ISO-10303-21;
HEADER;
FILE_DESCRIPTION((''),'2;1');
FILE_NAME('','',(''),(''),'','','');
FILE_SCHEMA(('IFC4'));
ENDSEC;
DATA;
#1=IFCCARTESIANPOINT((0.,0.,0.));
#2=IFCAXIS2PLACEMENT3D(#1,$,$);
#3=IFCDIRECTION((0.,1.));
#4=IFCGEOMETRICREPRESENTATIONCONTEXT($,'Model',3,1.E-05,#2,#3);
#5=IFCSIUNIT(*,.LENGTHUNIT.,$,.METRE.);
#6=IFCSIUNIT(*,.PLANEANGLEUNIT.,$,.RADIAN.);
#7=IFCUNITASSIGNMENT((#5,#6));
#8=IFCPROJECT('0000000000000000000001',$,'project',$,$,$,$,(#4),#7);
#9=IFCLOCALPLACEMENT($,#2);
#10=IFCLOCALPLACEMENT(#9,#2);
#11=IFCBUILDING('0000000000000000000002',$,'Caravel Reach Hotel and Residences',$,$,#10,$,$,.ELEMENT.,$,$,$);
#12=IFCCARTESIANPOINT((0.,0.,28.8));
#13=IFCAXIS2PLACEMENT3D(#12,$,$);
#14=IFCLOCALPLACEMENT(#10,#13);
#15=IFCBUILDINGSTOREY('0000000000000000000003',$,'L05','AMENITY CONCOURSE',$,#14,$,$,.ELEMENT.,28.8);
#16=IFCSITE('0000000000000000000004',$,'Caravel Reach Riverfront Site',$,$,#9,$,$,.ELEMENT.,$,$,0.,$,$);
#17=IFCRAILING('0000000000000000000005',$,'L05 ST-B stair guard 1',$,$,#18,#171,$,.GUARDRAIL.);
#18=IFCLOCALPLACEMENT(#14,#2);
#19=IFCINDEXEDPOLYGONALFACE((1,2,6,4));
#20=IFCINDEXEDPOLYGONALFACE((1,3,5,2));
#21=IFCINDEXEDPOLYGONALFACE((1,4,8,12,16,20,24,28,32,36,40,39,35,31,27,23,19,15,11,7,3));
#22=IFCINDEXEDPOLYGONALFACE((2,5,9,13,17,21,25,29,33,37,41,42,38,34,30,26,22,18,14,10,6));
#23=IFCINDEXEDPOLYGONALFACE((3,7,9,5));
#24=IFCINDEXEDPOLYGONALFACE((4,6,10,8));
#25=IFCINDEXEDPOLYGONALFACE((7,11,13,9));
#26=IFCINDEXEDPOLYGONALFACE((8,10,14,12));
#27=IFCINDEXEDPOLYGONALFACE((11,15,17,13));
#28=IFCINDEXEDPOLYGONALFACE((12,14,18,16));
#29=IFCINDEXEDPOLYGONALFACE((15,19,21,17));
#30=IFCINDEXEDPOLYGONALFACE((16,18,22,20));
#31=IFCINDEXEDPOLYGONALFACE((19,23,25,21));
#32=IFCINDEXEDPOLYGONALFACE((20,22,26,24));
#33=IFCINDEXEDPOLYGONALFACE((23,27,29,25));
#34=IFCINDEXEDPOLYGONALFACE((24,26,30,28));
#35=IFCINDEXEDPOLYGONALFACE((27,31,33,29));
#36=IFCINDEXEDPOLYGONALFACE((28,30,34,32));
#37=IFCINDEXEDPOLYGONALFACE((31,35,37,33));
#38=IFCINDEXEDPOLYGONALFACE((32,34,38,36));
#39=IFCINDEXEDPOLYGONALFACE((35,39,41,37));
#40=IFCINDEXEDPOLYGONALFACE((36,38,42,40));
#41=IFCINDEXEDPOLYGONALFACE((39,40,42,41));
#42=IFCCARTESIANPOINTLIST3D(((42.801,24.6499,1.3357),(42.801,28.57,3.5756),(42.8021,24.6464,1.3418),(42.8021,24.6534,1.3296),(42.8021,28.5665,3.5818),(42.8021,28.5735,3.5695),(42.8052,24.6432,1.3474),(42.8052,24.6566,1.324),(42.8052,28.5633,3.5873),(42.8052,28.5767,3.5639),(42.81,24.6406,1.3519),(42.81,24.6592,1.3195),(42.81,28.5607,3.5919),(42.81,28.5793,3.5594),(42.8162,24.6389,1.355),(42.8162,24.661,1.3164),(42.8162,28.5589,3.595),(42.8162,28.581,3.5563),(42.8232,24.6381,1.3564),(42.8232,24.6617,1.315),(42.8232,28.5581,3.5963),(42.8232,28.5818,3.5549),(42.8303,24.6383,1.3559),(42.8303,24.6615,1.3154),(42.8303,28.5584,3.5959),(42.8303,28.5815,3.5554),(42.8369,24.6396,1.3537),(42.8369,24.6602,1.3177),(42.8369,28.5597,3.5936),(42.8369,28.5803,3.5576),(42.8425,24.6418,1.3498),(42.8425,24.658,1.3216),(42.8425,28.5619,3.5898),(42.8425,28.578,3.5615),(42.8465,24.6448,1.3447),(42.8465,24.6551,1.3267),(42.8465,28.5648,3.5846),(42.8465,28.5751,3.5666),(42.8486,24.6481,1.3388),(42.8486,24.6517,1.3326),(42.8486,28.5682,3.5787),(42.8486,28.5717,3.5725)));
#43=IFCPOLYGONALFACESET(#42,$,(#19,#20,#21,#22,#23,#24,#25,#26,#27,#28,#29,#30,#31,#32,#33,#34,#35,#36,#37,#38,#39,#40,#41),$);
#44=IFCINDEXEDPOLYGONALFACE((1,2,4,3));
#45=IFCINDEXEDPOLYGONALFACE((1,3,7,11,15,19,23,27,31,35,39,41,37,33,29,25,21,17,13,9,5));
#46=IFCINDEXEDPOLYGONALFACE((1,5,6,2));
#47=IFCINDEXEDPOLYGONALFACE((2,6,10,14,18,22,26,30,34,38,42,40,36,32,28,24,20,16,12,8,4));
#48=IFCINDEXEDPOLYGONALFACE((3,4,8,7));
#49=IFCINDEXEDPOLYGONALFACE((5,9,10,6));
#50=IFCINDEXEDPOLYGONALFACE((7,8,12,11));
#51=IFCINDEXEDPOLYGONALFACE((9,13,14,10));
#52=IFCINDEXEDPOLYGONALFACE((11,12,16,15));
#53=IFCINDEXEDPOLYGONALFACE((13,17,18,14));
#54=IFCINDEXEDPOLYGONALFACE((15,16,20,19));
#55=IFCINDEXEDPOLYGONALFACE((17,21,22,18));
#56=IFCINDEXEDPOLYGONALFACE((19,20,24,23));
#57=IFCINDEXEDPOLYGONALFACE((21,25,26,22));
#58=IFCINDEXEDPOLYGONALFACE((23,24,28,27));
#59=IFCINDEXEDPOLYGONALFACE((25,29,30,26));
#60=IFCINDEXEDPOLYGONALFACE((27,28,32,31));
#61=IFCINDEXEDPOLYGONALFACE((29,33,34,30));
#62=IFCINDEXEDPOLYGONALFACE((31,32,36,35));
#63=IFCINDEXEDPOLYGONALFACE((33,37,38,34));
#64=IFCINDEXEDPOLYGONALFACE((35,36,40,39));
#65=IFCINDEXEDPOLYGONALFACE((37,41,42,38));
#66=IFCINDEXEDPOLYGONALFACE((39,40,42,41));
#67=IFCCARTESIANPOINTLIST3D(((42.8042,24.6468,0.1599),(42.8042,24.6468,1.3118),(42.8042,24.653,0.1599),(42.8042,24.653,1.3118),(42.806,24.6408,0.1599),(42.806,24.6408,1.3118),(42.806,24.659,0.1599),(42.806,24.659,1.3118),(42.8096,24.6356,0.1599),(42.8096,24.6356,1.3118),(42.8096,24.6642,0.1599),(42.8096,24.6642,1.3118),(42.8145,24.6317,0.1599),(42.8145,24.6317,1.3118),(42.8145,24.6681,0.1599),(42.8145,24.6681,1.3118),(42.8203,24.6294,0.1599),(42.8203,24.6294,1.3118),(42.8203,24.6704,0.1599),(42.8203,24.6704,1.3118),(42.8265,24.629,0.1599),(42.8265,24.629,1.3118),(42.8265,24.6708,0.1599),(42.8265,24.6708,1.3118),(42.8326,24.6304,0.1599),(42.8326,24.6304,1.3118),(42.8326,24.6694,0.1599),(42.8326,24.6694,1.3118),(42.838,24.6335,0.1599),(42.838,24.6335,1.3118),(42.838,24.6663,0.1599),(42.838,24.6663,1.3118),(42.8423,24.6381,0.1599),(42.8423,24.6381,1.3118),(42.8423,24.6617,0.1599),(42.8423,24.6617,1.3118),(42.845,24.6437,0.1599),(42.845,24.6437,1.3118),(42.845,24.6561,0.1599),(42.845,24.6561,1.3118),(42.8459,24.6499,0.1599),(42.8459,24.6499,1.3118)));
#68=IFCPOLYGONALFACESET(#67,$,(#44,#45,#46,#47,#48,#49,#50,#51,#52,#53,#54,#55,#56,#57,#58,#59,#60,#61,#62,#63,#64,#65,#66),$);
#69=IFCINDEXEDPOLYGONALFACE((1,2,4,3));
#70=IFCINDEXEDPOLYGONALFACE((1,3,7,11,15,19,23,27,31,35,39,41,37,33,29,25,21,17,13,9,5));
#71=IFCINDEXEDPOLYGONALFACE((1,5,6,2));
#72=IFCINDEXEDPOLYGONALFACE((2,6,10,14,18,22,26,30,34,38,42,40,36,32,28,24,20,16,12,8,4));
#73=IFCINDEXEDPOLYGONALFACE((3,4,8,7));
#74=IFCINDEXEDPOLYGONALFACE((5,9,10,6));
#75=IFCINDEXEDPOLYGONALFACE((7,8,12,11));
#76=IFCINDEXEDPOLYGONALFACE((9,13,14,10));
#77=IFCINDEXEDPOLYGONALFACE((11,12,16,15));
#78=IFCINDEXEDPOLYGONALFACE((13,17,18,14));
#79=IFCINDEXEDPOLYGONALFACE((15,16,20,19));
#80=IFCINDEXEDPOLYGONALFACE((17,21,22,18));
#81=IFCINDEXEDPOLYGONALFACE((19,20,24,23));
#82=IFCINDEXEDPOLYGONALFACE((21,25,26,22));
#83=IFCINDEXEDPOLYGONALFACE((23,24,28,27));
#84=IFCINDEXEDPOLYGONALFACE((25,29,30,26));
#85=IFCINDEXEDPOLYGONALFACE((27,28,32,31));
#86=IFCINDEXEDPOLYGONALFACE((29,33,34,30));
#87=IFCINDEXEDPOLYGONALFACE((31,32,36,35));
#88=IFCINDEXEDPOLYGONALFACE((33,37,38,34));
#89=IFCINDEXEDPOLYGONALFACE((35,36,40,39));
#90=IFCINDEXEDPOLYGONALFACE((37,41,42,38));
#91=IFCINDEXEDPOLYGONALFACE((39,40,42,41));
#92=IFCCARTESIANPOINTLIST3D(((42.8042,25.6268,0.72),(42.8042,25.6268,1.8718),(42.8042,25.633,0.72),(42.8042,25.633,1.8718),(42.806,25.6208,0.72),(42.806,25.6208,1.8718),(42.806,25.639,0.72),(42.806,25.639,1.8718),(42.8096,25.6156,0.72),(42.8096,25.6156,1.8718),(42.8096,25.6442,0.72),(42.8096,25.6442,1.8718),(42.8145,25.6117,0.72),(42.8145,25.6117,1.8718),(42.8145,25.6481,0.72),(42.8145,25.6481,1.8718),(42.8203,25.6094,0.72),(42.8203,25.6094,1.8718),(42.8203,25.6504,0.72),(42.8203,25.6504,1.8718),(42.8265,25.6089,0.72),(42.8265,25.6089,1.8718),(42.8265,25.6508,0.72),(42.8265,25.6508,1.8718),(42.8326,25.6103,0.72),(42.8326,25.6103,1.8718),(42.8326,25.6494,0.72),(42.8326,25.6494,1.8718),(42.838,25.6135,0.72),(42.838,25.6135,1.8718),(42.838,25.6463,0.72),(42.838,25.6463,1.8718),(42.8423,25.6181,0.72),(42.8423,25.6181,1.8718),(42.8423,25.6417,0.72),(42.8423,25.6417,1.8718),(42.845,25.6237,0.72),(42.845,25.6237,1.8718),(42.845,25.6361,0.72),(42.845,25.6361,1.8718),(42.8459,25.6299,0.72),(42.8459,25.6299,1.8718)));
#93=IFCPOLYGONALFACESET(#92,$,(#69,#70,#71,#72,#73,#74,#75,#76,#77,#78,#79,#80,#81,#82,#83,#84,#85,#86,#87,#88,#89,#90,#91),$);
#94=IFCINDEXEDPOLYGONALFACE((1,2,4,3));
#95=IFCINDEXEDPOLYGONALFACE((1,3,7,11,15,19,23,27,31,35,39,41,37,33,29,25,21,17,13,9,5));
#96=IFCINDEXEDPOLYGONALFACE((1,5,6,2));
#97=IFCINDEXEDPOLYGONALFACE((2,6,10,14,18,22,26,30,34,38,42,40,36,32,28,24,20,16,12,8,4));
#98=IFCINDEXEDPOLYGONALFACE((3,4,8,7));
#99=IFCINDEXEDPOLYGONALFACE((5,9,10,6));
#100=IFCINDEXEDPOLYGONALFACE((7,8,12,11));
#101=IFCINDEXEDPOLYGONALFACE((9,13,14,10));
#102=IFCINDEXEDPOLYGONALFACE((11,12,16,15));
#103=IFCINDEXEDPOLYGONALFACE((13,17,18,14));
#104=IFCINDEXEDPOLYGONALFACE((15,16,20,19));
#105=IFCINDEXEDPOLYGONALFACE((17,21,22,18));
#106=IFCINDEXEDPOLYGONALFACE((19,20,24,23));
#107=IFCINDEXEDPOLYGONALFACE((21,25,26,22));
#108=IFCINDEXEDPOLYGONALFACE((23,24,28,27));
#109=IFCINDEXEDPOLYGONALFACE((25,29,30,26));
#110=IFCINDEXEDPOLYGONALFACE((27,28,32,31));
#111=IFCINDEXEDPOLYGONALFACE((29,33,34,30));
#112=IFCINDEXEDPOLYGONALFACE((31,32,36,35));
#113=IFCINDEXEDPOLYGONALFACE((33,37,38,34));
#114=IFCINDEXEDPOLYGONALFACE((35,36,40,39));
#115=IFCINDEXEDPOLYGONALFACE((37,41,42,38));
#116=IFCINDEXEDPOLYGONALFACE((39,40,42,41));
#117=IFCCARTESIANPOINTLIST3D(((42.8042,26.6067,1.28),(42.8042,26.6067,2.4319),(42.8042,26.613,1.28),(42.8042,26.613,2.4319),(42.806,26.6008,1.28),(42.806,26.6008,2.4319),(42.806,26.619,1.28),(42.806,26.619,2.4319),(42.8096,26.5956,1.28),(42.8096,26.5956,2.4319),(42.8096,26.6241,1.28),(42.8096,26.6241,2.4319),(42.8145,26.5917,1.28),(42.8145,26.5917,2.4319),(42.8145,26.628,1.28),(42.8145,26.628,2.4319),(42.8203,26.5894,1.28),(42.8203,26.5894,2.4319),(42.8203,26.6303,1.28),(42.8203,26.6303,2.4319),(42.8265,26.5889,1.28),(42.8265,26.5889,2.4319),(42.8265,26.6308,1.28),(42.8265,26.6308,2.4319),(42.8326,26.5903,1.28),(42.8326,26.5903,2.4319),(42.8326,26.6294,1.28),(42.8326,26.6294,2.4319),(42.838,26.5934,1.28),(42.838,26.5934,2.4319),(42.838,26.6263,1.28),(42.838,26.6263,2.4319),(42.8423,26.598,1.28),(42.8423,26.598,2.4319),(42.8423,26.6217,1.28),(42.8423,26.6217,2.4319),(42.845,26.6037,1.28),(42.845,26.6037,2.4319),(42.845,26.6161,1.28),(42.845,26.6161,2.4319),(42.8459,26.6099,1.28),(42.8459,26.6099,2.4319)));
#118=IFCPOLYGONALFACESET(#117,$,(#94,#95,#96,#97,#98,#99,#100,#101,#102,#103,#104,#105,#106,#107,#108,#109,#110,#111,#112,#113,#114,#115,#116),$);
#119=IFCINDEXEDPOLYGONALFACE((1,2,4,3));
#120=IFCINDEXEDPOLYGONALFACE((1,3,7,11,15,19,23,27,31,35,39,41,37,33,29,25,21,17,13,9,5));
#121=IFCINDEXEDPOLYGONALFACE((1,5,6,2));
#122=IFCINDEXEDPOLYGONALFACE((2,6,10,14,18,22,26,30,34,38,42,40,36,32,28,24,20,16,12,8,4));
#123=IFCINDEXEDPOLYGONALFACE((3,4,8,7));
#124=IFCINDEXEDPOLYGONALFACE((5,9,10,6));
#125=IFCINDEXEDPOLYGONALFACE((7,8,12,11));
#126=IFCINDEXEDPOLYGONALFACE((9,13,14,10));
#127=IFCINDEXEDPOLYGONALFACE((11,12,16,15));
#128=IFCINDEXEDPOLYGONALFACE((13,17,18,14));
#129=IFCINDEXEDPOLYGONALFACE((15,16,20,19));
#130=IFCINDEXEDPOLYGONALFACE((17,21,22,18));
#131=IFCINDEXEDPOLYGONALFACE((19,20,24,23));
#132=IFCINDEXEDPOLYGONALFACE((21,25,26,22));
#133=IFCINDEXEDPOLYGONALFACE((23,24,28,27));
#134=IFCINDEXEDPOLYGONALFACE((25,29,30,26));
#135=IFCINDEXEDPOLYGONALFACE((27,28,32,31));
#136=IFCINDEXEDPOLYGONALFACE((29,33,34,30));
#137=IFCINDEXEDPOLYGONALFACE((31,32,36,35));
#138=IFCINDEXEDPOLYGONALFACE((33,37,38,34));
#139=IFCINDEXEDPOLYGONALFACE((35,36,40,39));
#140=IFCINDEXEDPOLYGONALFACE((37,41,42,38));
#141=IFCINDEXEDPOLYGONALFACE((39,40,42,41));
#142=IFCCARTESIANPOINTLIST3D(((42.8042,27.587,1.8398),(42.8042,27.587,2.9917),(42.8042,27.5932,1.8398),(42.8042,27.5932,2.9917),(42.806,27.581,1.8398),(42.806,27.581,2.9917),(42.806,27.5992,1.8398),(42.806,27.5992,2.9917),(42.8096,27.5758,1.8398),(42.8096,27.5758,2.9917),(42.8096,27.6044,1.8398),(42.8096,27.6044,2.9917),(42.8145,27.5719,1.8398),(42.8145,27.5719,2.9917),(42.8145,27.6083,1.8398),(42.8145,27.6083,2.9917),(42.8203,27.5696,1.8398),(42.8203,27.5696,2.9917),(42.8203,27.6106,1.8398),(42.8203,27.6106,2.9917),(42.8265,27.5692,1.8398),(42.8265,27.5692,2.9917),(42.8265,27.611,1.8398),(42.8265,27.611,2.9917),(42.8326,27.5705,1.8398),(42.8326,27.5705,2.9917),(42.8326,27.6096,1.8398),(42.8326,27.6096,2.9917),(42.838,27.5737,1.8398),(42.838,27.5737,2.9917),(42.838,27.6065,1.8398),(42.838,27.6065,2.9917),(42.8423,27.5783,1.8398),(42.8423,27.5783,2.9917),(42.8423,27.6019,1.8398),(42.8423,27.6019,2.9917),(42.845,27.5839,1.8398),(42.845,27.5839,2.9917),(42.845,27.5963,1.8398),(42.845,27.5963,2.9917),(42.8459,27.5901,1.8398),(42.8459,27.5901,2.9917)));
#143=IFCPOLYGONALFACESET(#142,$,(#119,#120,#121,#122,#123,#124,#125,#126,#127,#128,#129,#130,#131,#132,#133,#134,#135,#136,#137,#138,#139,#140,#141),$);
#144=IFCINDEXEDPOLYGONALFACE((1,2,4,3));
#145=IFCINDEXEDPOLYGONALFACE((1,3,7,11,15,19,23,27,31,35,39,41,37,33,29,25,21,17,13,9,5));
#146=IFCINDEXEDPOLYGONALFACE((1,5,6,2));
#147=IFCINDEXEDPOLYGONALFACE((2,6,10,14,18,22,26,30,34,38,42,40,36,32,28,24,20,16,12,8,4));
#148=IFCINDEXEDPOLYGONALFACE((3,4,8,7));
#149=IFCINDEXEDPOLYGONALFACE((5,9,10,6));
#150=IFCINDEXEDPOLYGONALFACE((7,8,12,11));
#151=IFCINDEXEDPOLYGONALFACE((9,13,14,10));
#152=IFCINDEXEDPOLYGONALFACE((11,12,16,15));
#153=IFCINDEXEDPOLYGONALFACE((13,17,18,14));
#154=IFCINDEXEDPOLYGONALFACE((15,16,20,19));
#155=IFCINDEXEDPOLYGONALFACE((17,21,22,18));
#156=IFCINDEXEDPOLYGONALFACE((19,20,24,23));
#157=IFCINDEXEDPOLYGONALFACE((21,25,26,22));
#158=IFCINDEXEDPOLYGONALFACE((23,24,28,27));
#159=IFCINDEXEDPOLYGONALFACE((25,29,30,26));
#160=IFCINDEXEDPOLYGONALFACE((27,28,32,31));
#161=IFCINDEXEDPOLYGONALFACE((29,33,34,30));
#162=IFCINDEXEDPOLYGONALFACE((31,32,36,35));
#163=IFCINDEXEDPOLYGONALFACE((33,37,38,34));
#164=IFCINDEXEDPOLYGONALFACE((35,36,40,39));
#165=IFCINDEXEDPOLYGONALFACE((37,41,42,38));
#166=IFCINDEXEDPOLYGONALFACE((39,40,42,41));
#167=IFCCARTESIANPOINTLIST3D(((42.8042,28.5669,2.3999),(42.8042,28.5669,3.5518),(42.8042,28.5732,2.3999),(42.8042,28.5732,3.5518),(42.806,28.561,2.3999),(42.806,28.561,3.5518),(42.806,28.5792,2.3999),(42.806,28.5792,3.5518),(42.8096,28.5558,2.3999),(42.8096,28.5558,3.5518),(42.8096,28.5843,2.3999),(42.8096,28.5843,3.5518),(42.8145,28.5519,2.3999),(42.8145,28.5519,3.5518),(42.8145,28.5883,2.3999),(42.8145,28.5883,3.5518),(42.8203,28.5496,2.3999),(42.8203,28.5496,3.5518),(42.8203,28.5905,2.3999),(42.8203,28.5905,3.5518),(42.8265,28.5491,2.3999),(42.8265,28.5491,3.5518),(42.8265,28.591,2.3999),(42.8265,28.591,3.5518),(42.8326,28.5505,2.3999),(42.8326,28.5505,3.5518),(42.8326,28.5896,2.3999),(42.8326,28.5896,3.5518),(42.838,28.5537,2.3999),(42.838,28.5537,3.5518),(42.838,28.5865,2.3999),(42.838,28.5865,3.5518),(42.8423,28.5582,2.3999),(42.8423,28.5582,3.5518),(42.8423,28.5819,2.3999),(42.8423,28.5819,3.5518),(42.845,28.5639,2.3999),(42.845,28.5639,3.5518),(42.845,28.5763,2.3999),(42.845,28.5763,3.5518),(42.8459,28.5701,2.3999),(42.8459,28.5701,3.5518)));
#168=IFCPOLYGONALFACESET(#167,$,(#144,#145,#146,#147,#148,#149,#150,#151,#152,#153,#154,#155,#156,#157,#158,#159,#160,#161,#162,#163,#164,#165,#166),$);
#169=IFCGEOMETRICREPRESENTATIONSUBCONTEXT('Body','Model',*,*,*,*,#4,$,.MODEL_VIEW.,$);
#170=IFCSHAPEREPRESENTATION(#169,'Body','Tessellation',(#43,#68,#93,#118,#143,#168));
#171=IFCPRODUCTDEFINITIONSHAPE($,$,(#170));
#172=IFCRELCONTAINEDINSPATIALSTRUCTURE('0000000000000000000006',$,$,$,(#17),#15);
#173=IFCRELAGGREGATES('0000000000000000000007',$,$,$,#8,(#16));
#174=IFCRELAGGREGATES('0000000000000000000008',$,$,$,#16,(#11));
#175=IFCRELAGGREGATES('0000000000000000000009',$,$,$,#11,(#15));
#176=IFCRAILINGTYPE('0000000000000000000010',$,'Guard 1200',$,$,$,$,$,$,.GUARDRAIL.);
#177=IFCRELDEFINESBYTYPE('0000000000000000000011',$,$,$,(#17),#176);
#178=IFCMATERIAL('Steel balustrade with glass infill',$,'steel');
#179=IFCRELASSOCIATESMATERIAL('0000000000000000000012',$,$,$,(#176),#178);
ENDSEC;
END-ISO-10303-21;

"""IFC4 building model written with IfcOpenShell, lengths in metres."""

from ifc_helpers import new_model, si_unit, direction, frame, origin, origin_2d, place, context, subcontext, project, spatial, circle, extrude, material, type_object, element, save


model = new_model("IFC4")

# Units and contexts
model_context = context("Model", 3, precision=1e-05, world=origin(), true_north=direction((0.0, 1.0)))
body_context = subcontext(model_context, "Body", "Model", "MODEL_VIEW")
ifc_project = project(units=[si_unit("LENGTHUNIT", "METRE"), si_unit("PLANEANGLEUNIT", "RADIAN")], contexts=[model_context])

# Site, building, storey
site_placement = place(None, origin())
site = spatial("IfcSite", under=ifc_project, at=site_placement, Name="Caravel Reach Riverfront Site", CompositionType="ELEMENT", RefElevation=0.0)
building_placement = place(site_placement, origin())
building = spatial("IfcBuilding", under=site, at=building_placement, Name="Caravel Reach Hotel and Residences", CompositionType="ELEMENT")
storey_placement = place(building_placement, frame((0.0, 0.0, 28.8)))
storey = spatial("IfcBuildingStorey", under=building, at=storey_placement, Name="L05", Description="AMENITY CONCOURSE", CompositionType="ELEMENT", Elevation=28.8)

# Railing
ifc_material_1 = material(Name="Steel balustrade with glass infill", Category="steel")
railing_type_1 = type_object("IfcRailingType", Name="Guard 1200", PredefinedType="GUARDRAIL", material=ifc_material_1)
railing_1_placement = place(storey_placement, frame((42.825, 24.6499, 0.1599)))
element("IfcRailing", 1, at=railing_1_placement, inside=storey, type_object=railing_type_1, Name="L05 ST-B stair guard 1", PredefinedType="GUARDRAIL", context=body_context, shape_type="SweptSolid", body=[
    extrude(circle(Radius=0.0239, at=origin_2d()), frame((0.0, 0.0, 1.1758), z_axis=(0.0, 0.868253, 0.496121), x_axis=(-1.0, 0.0, 0.0)), (0.0, 0.0, 1.0), 4.5149),
    extrude(circle(Radius=0.021, at=origin_2d()), origin(), (0.0, 0.0, 1.0), 1.1519),
    extrude(circle(Radius=0.021, at=origin_2d()), frame((0.0, 0.98, 0.5601)), (0.0, 0.0, 1.0), 1.1519),
    extrude(circle(Radius=0.021, at=origin_2d()), frame((0.0, 1.96, 1.1201)), (0.0, 0.0, 1.0), 1.1519),
    extrude(circle(Radius=0.021, at=origin_2d()), frame((0.0, 2.9402, 1.6799)), (0.0, 0.0, 1.0), 1.1519),
    extrude(circle(Radius=0.021, at=origin_2d()), frame((0.0, 3.9202, 2.24)), (0.0, 0.0, 1.0), 1.1519),
])

save(model, "model.ifc")
